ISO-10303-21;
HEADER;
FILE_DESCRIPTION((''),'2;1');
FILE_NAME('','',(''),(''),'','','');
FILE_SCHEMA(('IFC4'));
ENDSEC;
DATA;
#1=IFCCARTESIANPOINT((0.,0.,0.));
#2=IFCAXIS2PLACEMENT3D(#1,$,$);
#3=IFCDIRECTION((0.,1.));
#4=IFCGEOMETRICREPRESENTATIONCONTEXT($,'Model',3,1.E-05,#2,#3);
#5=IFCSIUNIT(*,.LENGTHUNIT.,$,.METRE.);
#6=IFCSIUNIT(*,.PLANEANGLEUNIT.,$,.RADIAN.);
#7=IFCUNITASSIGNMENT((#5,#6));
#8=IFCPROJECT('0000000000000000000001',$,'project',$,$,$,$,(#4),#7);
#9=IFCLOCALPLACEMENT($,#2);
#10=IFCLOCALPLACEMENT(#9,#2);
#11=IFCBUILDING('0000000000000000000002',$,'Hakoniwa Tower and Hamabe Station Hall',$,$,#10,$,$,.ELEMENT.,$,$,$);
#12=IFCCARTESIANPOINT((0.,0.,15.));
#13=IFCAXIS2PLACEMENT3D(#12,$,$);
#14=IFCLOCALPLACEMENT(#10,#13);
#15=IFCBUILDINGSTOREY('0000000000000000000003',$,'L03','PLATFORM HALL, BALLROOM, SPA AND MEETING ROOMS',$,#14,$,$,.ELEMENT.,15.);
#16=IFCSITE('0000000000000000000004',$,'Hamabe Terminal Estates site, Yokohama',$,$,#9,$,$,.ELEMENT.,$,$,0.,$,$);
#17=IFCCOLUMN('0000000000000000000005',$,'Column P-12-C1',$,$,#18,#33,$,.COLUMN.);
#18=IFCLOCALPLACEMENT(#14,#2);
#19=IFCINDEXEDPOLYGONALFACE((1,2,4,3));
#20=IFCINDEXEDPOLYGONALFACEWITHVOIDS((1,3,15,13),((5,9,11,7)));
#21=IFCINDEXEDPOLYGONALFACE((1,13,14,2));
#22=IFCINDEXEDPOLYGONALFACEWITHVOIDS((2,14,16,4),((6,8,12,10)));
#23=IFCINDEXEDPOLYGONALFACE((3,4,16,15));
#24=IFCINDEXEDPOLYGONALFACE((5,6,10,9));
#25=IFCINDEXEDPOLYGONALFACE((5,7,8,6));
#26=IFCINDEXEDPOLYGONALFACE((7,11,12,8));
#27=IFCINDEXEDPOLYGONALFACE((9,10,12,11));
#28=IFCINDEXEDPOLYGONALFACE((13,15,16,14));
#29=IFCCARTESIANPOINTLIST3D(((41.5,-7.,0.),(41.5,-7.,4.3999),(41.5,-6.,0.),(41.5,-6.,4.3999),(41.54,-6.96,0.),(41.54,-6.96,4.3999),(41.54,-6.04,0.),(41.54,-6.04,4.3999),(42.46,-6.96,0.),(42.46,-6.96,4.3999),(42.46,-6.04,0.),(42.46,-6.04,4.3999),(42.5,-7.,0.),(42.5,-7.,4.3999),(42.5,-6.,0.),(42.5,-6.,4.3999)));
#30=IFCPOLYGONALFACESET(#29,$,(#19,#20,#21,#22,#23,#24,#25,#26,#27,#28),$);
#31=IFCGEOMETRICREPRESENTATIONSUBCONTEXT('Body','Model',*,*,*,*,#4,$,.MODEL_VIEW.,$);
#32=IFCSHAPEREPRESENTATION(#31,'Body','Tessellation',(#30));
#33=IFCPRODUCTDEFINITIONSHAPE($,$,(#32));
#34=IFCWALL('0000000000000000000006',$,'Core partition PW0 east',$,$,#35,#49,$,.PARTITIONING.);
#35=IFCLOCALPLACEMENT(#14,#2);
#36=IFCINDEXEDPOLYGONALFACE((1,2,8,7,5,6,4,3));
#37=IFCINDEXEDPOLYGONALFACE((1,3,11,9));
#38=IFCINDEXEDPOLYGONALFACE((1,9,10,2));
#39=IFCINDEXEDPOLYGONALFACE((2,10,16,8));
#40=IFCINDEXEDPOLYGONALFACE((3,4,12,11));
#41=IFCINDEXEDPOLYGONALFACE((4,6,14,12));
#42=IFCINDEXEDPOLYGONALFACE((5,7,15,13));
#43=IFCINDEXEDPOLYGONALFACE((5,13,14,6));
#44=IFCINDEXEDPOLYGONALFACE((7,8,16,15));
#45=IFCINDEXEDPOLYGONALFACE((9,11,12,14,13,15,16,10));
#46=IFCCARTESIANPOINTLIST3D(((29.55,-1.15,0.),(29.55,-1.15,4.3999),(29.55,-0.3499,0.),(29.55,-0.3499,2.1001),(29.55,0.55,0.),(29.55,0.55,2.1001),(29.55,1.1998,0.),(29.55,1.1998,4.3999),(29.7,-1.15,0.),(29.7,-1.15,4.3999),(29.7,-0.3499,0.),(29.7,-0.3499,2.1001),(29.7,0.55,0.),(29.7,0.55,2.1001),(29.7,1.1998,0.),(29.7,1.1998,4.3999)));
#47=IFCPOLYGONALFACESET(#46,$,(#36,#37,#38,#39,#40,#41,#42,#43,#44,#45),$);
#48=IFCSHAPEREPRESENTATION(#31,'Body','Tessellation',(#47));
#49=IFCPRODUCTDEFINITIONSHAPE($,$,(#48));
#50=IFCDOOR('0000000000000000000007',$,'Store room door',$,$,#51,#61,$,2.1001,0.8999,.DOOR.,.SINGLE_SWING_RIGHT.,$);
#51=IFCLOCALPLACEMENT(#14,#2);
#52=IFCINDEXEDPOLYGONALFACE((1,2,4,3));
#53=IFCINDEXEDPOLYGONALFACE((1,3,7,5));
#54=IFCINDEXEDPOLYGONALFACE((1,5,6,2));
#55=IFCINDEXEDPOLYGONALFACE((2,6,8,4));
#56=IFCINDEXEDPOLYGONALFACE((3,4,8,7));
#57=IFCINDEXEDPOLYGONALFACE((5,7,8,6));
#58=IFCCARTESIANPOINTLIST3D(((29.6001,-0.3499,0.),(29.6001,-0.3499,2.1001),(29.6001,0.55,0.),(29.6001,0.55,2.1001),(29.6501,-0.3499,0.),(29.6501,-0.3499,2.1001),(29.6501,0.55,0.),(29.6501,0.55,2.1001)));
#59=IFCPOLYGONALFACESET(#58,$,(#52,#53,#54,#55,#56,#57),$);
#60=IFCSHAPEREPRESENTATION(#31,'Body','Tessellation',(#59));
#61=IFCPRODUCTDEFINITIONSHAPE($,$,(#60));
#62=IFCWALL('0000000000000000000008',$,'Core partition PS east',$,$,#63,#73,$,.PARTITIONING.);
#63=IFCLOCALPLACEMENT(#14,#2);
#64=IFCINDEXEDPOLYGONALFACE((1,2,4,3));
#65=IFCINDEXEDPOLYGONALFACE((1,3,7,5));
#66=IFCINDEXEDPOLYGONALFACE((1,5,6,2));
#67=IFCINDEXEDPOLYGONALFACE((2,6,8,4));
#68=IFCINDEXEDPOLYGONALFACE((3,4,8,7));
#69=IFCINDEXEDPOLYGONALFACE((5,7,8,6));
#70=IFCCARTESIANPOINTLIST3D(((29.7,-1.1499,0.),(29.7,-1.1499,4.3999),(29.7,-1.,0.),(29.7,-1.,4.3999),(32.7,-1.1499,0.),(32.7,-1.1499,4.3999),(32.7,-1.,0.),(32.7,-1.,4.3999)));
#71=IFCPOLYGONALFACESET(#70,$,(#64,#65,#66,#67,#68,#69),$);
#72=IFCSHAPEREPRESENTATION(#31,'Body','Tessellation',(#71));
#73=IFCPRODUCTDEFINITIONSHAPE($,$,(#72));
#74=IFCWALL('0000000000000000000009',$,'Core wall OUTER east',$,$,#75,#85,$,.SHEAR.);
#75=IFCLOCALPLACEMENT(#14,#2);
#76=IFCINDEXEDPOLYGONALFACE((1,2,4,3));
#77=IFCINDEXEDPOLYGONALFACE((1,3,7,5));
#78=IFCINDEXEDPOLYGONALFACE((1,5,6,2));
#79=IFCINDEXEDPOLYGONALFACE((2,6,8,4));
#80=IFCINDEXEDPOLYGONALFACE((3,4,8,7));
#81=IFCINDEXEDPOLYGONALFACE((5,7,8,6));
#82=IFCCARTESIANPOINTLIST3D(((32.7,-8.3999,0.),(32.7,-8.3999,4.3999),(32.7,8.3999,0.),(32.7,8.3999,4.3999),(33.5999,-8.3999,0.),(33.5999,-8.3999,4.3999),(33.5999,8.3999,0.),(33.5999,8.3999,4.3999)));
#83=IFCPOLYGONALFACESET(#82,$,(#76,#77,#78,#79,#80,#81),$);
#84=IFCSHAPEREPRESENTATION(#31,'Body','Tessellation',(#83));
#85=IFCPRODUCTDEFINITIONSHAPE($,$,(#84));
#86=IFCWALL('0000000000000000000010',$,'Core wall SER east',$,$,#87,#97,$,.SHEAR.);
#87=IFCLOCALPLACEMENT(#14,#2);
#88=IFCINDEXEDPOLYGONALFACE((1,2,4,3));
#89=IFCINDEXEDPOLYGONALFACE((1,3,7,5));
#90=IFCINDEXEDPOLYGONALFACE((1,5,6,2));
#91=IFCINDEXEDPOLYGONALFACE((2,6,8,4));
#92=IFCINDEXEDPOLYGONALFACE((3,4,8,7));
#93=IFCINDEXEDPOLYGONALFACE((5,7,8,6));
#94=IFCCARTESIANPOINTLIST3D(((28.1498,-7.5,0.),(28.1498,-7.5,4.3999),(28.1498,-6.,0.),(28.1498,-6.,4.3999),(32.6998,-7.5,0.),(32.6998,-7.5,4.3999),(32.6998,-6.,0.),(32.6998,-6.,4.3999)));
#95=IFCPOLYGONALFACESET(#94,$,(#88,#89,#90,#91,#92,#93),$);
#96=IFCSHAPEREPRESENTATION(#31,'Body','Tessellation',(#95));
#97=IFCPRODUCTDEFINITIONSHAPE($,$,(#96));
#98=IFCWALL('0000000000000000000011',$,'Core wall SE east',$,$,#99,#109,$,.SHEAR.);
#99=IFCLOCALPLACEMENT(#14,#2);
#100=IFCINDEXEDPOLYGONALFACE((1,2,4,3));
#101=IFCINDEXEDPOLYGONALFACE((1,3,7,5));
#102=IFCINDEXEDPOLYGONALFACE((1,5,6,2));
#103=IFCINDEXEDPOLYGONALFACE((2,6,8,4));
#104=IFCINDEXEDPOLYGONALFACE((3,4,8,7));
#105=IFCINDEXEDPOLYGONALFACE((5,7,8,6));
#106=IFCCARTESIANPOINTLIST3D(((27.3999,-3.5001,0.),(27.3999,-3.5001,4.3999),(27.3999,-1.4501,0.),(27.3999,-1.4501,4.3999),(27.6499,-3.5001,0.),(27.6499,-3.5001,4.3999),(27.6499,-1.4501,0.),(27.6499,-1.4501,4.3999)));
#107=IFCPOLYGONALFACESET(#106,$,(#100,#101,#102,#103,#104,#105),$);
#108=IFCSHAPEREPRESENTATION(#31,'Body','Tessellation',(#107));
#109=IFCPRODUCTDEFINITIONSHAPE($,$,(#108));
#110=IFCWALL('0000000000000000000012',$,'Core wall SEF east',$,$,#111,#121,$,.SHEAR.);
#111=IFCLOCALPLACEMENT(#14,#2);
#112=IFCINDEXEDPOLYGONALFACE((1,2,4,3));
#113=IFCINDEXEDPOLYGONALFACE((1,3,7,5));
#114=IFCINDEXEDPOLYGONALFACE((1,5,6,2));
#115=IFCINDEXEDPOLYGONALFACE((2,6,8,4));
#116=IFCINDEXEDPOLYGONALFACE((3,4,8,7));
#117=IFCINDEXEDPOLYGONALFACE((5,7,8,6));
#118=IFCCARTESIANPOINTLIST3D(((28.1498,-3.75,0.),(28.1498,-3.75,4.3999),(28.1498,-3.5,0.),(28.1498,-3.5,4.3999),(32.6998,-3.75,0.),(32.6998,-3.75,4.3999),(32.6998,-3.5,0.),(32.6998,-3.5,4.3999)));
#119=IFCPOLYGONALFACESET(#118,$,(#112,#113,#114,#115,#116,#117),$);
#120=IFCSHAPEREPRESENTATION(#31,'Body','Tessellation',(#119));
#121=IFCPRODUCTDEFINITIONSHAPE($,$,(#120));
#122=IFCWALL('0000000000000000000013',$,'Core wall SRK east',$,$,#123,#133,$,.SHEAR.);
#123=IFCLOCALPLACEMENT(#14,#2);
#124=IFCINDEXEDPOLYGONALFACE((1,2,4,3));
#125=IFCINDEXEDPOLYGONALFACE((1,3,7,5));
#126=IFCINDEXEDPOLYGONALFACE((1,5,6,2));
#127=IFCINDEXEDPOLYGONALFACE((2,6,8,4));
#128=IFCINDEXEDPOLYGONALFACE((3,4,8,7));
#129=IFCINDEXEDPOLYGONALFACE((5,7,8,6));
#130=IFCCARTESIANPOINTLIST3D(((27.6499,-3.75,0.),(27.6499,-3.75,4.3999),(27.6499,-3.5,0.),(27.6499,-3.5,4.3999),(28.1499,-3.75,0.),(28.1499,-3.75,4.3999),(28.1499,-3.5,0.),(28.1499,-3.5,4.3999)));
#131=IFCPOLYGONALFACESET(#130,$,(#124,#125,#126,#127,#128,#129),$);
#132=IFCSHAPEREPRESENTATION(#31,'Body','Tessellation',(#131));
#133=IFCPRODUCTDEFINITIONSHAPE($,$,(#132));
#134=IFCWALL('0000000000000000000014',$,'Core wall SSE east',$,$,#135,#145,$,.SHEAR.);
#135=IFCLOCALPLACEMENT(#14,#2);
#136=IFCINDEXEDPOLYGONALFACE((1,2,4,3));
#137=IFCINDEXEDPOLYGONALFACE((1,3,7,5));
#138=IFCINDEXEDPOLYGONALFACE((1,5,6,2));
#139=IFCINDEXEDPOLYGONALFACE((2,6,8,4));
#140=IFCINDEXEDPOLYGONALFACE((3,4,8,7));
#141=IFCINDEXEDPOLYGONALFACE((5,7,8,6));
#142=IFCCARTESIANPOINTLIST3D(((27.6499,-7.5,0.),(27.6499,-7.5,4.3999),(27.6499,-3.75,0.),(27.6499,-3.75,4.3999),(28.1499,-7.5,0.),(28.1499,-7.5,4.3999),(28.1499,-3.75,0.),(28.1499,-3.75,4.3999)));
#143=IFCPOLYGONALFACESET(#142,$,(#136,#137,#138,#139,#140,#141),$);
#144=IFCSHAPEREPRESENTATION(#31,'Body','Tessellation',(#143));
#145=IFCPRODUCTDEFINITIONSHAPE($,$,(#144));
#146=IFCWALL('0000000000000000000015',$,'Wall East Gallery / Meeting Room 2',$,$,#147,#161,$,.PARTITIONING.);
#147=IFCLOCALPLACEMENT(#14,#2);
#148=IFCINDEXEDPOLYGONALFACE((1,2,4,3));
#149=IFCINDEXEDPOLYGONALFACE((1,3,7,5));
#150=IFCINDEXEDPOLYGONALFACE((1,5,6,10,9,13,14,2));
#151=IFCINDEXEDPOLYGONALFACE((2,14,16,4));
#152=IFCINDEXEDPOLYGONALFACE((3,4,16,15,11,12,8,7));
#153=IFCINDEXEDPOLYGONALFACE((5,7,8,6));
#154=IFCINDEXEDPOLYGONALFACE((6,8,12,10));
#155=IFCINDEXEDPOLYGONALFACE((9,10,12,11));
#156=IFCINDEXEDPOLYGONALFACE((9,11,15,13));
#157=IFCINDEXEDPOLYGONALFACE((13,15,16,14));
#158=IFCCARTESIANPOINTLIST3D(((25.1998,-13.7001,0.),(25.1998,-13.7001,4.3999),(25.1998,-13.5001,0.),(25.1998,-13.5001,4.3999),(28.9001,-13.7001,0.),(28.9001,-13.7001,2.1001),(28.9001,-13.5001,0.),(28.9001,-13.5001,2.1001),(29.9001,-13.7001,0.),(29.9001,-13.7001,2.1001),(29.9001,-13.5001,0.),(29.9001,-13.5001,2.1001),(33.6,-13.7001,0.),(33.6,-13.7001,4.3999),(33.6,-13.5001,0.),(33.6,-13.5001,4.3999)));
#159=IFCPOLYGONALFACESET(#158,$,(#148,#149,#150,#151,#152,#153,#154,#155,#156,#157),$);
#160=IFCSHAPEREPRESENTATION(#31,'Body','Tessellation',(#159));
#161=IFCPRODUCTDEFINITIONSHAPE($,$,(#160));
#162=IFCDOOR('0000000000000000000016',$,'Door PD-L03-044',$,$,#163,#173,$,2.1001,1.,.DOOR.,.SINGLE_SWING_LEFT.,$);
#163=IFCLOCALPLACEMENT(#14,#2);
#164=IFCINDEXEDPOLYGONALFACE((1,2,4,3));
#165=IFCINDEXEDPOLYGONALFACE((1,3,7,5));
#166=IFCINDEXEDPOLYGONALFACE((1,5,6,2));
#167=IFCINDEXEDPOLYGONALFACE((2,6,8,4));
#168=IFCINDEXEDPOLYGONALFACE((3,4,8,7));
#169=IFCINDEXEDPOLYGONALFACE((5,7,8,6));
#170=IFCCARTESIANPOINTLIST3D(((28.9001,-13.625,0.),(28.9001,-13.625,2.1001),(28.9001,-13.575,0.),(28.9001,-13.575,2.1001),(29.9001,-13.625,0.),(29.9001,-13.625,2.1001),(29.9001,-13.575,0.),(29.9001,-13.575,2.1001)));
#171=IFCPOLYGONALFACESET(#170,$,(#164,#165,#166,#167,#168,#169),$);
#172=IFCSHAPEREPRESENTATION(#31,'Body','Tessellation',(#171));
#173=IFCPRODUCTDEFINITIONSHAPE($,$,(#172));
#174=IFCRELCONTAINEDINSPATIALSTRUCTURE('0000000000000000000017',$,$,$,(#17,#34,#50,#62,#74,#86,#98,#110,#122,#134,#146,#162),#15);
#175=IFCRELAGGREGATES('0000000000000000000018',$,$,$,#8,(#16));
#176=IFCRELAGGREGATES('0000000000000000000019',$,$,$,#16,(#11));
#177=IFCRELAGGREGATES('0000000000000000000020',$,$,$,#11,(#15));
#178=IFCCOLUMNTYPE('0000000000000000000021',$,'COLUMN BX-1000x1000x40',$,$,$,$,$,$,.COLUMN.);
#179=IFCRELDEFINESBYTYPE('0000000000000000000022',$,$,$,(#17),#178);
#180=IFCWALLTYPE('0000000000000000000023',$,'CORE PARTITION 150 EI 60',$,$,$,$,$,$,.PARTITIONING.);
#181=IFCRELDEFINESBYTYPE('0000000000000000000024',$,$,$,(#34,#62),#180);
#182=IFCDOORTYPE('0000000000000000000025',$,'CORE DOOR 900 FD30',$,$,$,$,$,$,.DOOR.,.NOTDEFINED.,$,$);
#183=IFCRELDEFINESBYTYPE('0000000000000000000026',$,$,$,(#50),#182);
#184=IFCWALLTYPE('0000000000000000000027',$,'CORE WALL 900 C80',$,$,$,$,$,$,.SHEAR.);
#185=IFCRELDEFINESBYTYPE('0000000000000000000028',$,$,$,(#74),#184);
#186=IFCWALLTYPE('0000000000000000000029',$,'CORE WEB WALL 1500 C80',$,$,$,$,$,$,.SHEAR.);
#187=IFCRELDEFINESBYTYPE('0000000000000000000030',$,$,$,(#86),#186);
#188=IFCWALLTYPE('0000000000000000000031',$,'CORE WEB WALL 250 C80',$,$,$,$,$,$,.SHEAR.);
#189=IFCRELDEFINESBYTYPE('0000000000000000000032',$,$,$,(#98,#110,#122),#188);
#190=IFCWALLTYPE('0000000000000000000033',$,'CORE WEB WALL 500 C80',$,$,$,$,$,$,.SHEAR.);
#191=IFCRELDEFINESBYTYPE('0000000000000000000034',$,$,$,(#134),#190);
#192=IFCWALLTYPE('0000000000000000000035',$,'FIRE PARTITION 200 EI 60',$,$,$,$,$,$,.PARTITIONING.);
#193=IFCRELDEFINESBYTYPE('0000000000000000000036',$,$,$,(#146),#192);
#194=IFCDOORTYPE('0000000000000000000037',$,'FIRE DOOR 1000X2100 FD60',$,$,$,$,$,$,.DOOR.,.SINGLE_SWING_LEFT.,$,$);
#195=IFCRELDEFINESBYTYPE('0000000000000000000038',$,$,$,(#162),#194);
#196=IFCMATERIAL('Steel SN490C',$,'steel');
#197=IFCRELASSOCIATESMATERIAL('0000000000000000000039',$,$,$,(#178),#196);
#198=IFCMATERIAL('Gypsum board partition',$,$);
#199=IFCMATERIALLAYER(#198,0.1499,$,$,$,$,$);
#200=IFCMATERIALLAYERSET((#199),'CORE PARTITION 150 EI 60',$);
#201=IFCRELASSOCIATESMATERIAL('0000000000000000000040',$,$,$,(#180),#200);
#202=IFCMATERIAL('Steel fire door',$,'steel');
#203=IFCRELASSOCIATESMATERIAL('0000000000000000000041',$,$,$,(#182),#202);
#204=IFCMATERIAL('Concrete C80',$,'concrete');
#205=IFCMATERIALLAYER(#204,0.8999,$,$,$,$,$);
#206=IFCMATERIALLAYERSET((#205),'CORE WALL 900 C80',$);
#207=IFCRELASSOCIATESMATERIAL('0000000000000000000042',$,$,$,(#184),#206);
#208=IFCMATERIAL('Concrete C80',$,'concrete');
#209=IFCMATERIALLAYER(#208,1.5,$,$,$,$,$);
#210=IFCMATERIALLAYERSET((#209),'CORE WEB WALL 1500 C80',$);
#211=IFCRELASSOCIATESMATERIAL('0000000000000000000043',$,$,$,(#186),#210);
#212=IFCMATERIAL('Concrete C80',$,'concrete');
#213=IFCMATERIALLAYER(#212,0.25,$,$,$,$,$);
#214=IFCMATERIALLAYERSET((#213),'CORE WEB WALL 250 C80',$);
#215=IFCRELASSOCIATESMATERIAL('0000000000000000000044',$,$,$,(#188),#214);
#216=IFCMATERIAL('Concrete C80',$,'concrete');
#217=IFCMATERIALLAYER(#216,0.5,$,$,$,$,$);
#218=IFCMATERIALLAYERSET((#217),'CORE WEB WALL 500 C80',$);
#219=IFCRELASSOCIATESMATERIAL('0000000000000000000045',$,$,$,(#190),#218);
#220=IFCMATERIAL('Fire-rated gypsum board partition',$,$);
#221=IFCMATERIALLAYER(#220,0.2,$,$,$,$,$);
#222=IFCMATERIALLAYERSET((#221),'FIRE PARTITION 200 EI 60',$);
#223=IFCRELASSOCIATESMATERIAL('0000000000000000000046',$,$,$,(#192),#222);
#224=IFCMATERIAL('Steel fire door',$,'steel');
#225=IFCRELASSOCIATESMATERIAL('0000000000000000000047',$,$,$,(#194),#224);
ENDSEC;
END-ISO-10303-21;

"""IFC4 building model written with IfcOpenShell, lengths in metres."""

from ifc_helpers import new_model, si_unit, direction, frame, frame_2d, origin, origin_2d, place, context, subcontext, project, spatial, rectangle, hollow_rectangle, extrude, material, layer, layer_set, material_profile, profile_set, type_object, element, fill, save


model = new_model("IFC4")

# Units and contexts
model_context = context("Model", 3, precision=1e-05, world=origin(), true_north=direction((0.0, 1.0)))
body_context = subcontext(model_context, "Body", "Model", "MODEL_VIEW")
ifc_project = project(units=[si_unit("LENGTHUNIT", "METRE"), si_unit("PLANEANGLEUNIT", "RADIAN")], contexts=[model_context])

# Site, building, storey
site_placement = place(None, origin())
site = spatial("IfcSite", under=ifc_project, at=site_placement, Name="Hamabe Terminal Estates site, Yokohama", CompositionType="ELEMENT", RefElevation=0.0)
building_placement = place(site_placement, origin())
building = spatial("IfcBuilding", under=site, at=building_placement, Name="Hakoniwa Tower and Hamabe Station Hall", CompositionType="ELEMENT")
storey_placement = place(building_placement, frame((0.0, 0.0, 15.0)))
storey = spatial("IfcBuildingStorey", under=building, at=storey_placement, Name="L03", Description="PLATFORM HALL, BALLROOM, SPA AND MEETING ROOMS", CompositionType="ELEMENT", Elevation=15.0)

# Column
ifc_material_1 = material(Name="Steel SN490C", Category="steel")
ifc_material_profile = material_profile(ifc_material_1, hollow_rectangle(XDim=1.0, YDim=1.0, WallThickness=0.04, at=origin_2d()), Name="BX-1000x1000x40")
ifc_profile_set = profile_set([ifc_material_profile], Name="Steel SN490C")
column_type = type_object("IfcColumnType", Name="COLUMN BX-1000x1000x40", PredefinedType="COLUMN", material=ifc_profile_set)
column_placement = place(storey_placement, frame((42.0, -6.5, 0.0), z_axis=(0.0, 0.0, 1.0), x_axis=(1.0, 0.0, 0.0)))
element("IfcColumn", 1, at=column_placement, inside=storey, type_object=column_type, Name="Column P-12-C1", PredefinedType="COLUMN", context=body_context, shape_type="SweptSolid", body=[
    extrude(hollow_rectangle(XDim=1.0, YDim=1.0, WallThickness=0.04, at=origin_2d()), origin(), (0.0, 0.0, 1.0), 4.3999),
])

# Wall, opening, door
ifc_material_2 = material(Name="Gypsum board partition")
ifc_layer_1 = layer(ifc_material_2, 0.1499)
ifc_layer_set_1 = layer_set([ifc_layer_1], Name="CORE PARTITION 150 EI 60")
wall_type_1 = type_object("IfcWallType", Name="CORE PARTITION 150 EI 60", PredefinedType="PARTITIONING", material=ifc_layer_set_1)
wall_1_placement = place(storey_placement, frame((29.625, -1.1499, 0.0), z_axis=(0.0, 0.0, 1.0), x_axis=(0.0, 1.0, 0.0)))
wall_1 = element("IfcWall", 2, at=wall_1_placement, inside=storey, type_object=wall_type_1, Name="Core partition PW0 east", PredefinedType="PARTITIONING", context=body_context, shape_type="SweptSolid", body=[
    extrude(rectangle(XDim=2.3499, YDim=0.1499, at=frame_2d((1.1748, 0.0))), origin(), (0.0, 0.0, 1.0), 4.3999),
])
opening_1_placement = place(wall_1_placement, frame((0.8, 0.0, 0.0)))
opening_1 = element("IfcOpeningElement", 3, at=opening_1_placement, cuts=wall_1, PredefinedType="OPENING", context=body_context, shape_type="SweptSolid", body=[
    extrude(rectangle(XDim=0.8999, YDim=2.1001, at=frame_2d((0.45, 1.05))), frame((0.0, 0.085, 0.0), z_axis=(0.0, -1.0, 0.0), x_axis=(1.0, 0.0, 0.0)), (0.0, 0.0, 1.0), 0.1699),
])
ifc_material_3 = material(Name="Steel fire door", Category="steel")
door_type_1 = type_object("IfcDoorType", Name="CORE DOOR 900 FD30", OperationType="NOTDEFINED", PredefinedType="DOOR", material=ifc_material_3)
door_1_placement = place(opening_1_placement, origin())
door_1 = element("IfcDoor", 4, at=door_1_placement, inside=storey, type_object=door_type_1, Name="Store room door", OperationType="SINGLE_SWING_RIGHT", OverallHeight=2.1001, OverallWidth=0.8999, PredefinedType="DOOR", context=body_context, shape_type="SweptSolid", body=[
    extrude(rectangle(XDim=0.8999, YDim=2.1001, at=frame_2d((0.45, 1.05))), frame((0.0, 0.0249, 0.0), z_axis=(0.0, -1.0, 0.0), x_axis=(1.0, 0.0, 0.0)), (0.0, 0.0, 1.0), 0.05),
])
fill(opening_1, door_1)

# Walls
wall_2_placement = place(storey_placement, frame((29.7, -1.075, 0.0), z_axis=(0.0, 0.0, 1.0), x_axis=(1.0, 0.0, 0.0)))
element("IfcWall", 5, at=wall_2_placement, inside=storey, type_object=wall_type_1, Name="Core partition PS east", PredefinedType="PARTITIONING", context=body_context, shape_type="SweptSolid", body=[
    extrude(rectangle(XDim=3.0, YDim=0.1499, at=frame_2d((1.5, 0.0))), origin(), (0.0, 0.0, 1.0), 4.3999),
])
ifc_material_4 = material(Name="Concrete C80", Category="concrete")
ifc_layer_2 = layer(ifc_material_4, 0.8999)
ifc_layer_set_2 = layer_set([ifc_layer_2], Name="CORE WALL 900 C80")
wall_type_2 = type_object("IfcWallType", Name="CORE WALL 900 C80", PredefinedType="SHEAR", material=ifc_layer_set_2)
wall_3_placement = place(storey_placement, frame((33.1499, -8.3999, 0.0), z_axis=(0.0, 0.0, 1.0), x_axis=(0.0, 1.0, 0.0)))
element("IfcWall", 6, at=wall_3_placement, inside=storey, type_object=wall_type_2, Name="Core wall OUTER east", PredefinedType="SHEAR", context=body_context, shape_type="SweptSolid", body=[
    extrude(rectangle(XDim=16.7998, YDim=0.8999, at=frame_2d((8.3999, 0.0))), origin(), (0.0, 0.0, 1.0), 4.3999),
])
ifc_material_5 = material(Name="Concrete C80", Category="concrete")
ifc_layer_3 = layer(ifc_material_5, 1.5)
ifc_layer_set_3 = layer_set([ifc_layer_3], Name="CORE WEB WALL 1500 C80")
wall_type_3 = type_object("IfcWallType", Name="CORE WEB WALL 1500 C80", PredefinedType="SHEAR", material=ifc_layer_set_3)
wall_4_placement = place(storey_placement, frame((28.1499, -6.75, 0.0), z_axis=(0.0, 0.0, 1.0), x_axis=(1.0, 0.0, 0.0)))
element("IfcWall", 7, at=wall_4_placement, inside=storey, type_object=wall_type_3, Name="Core wall SER east", PredefinedType="SHEAR", context=body_context, shape_type="SweptSolid", body=[
    extrude(rectangle(XDim=4.55, YDim=1.5, at=frame_2d((2.2749, 0.0))), origin(), (0.0, 0.0, 1.0), 4.3999),
])
ifc_material_6 = material(Name="Concrete C80", Category="concrete")
ifc_layer_4 = layer(ifc_material_6, 0.25)
ifc_layer_set_4 = layer_set([ifc_layer_4], Name="CORE WEB WALL 250 C80")
wall_type_4 = type_object("IfcWallType", Name="CORE WEB WALL 250 C80", PredefinedType="SHEAR", material=ifc_layer_set_4)
wall_5_placement = place(storey_placement, frame((27.5249, -3.5, 0.0), z_axis=(0.0, 0.0, 1.0), x_axis=(0.0, 1.0, 0.0)))
element("IfcWall", 8, at=wall_5_placement, inside=storey, type_object=wall_type_4, Name="Core wall SE east", PredefinedType="SHEAR", context=body_context, shape_type="SweptSolid", body=[
    extrude(rectangle(XDim=2.05, YDim=0.25, at=frame_2d((1.0249, 0.0))), origin(), (0.0, 0.0, 1.0), 4.3999),
])
wall_6_placement = place(storey_placement, frame((28.1499, -3.625, 0.0), z_axis=(0.0, 0.0, 1.0), x_axis=(1.0, 0.0, 0.0)))
element("IfcWall", 9, at=wall_6_placement, inside=storey, type_object=wall_type_4, Name="Core wall SEF east", PredefinedType="SHEAR", context=body_context, shape_type="SweptSolid", body=[
    extrude(rectangle(XDim=4.55, YDim=0.25, at=frame_2d((2.2749, 0.0))), origin(), (0.0, 0.0, 1.0), 4.3999),
])
wall_7_placement = place(storey_placement, frame((27.6499, -3.625, 0.0), z_axis=(0.0, 0.0, 1.0), x_axis=(1.0, 0.0, 0.0)))
element("IfcWall", 10, at=wall_7_placement, inside=storey, type_object=wall_type_4, Name="Core wall SRK east", PredefinedType="SHEAR", context=body_context, shape_type="SweptSolid", body=[
    extrude(rectangle(XDim=0.5, YDim=0.25, at=frame_2d((0.25, 0.0))), origin(), (0.0, 0.0, 1.0), 4.3999),
])
ifc_material_7 = material(Name="Concrete C80", Category="concrete")
ifc_layer_5 = layer(ifc_material_7, 0.5)
ifc_layer_set_5 = layer_set([ifc_layer_5], Name="CORE WEB WALL 500 C80")
wall_type_5 = type_object("IfcWallType", Name="CORE WEB WALL 500 C80", PredefinedType="SHEAR", material=ifc_layer_set_5)
wall_8_placement = place(storey_placement, frame((27.8999, -7.5, 0.0), z_axis=(0.0, 0.0, 1.0), x_axis=(0.0, 1.0, 0.0)))
element("IfcWall", 11, at=wall_8_placement, inside=storey, type_object=wall_type_5, Name="Core wall SSE east", PredefinedType="SHEAR", context=body_context, shape_type="SweptSolid", body=[
    extrude(rectangle(XDim=3.75, YDim=0.5, at=frame_2d((1.875, 0.0))), origin(), (0.0, 0.0, 1.0), 4.3999),
])

# Wall, opening, door
ifc_material_8 = material(Name="Fire-rated gypsum board partition")
ifc_layer_6 = layer(ifc_material_8, 0.2)
ifc_layer_set_6 = layer_set([ifc_layer_6], Name="FIRE PARTITION 200 EI 60")
wall_type_6 = type_object("IfcWallType", Name="FIRE PARTITION 200 EI 60", PredefinedType="PARTITIONING", material=ifc_layer_set_6)
wall_9_placement = place(storey_placement, frame((33.6001, -13.6001, 0.0), z_axis=(0.0, 0.0, 1.0), x_axis=(-1.0, 0.0, 0.0)))
wall_9 = element("IfcWall", 12, at=wall_9_placement, inside=storey, type_object=wall_type_6, Name="Wall East Gallery / Meeting Room 2", PredefinedType="PARTITIONING", context=body_context, shape_type="SweptSolid", body=[
    extrude(rectangle(XDim=8.4001, YDim=0.2, at=frame_2d((4.2002, 0.0))), origin(), (0.0, 0.0, 1.0), 4.3999),
])
opening_2_placement = place(wall_9_placement, frame((3.7, 0.0, 0.0)))
opening_2 = element("IfcOpeningElement", 13, at=opening_2_placement, cuts=wall_9, PredefinedType="OPENING", context=body_context, shape_type="SweptSolid", body=[
    extrude(rectangle(XDim=1.0, YDim=2.1001, at=frame_2d((0.5, 1.05))), frame((0.0, 0.1099, 0.0), z_axis=(0.0, -1.0, 0.0), x_axis=(1.0, 0.0, 0.0)), (0.0, 0.0, 1.0), 0.22),
])
ifc_material_9 = material(Name="Steel fire door", Category="steel")
door_type_2 = type_object("IfcDoorType", Name="FIRE DOOR 1000X2100 FD60", OperationType="SINGLE_SWING_LEFT", PredefinedType="DOOR", material=ifc_material_9)
door_2_placement = place(opening_2_placement, origin())
door_2 = element("IfcDoor", 14, at=door_2_placement, inside=storey, type_object=door_type_2, Name="Door PD-L03-044", OperationType="SINGLE_SWING_LEFT", OverallHeight=2.1001, OverallWidth=1.0, PredefinedType="DOOR", context=body_context, shape_type="SweptSolid", body=[
    extrude(rectangle(XDim=1.0, YDim=2.1001, at=frame_2d((0.5, 1.05))), frame((0.0, 0.0249, 0.0), z_axis=(0.0, -1.0, 0.0), x_axis=(1.0, 0.0, 0.0)), (0.0, 0.0, 1.0), 0.05),
])
fill(opening_2, door_2)

save(model, "model.ifc")
